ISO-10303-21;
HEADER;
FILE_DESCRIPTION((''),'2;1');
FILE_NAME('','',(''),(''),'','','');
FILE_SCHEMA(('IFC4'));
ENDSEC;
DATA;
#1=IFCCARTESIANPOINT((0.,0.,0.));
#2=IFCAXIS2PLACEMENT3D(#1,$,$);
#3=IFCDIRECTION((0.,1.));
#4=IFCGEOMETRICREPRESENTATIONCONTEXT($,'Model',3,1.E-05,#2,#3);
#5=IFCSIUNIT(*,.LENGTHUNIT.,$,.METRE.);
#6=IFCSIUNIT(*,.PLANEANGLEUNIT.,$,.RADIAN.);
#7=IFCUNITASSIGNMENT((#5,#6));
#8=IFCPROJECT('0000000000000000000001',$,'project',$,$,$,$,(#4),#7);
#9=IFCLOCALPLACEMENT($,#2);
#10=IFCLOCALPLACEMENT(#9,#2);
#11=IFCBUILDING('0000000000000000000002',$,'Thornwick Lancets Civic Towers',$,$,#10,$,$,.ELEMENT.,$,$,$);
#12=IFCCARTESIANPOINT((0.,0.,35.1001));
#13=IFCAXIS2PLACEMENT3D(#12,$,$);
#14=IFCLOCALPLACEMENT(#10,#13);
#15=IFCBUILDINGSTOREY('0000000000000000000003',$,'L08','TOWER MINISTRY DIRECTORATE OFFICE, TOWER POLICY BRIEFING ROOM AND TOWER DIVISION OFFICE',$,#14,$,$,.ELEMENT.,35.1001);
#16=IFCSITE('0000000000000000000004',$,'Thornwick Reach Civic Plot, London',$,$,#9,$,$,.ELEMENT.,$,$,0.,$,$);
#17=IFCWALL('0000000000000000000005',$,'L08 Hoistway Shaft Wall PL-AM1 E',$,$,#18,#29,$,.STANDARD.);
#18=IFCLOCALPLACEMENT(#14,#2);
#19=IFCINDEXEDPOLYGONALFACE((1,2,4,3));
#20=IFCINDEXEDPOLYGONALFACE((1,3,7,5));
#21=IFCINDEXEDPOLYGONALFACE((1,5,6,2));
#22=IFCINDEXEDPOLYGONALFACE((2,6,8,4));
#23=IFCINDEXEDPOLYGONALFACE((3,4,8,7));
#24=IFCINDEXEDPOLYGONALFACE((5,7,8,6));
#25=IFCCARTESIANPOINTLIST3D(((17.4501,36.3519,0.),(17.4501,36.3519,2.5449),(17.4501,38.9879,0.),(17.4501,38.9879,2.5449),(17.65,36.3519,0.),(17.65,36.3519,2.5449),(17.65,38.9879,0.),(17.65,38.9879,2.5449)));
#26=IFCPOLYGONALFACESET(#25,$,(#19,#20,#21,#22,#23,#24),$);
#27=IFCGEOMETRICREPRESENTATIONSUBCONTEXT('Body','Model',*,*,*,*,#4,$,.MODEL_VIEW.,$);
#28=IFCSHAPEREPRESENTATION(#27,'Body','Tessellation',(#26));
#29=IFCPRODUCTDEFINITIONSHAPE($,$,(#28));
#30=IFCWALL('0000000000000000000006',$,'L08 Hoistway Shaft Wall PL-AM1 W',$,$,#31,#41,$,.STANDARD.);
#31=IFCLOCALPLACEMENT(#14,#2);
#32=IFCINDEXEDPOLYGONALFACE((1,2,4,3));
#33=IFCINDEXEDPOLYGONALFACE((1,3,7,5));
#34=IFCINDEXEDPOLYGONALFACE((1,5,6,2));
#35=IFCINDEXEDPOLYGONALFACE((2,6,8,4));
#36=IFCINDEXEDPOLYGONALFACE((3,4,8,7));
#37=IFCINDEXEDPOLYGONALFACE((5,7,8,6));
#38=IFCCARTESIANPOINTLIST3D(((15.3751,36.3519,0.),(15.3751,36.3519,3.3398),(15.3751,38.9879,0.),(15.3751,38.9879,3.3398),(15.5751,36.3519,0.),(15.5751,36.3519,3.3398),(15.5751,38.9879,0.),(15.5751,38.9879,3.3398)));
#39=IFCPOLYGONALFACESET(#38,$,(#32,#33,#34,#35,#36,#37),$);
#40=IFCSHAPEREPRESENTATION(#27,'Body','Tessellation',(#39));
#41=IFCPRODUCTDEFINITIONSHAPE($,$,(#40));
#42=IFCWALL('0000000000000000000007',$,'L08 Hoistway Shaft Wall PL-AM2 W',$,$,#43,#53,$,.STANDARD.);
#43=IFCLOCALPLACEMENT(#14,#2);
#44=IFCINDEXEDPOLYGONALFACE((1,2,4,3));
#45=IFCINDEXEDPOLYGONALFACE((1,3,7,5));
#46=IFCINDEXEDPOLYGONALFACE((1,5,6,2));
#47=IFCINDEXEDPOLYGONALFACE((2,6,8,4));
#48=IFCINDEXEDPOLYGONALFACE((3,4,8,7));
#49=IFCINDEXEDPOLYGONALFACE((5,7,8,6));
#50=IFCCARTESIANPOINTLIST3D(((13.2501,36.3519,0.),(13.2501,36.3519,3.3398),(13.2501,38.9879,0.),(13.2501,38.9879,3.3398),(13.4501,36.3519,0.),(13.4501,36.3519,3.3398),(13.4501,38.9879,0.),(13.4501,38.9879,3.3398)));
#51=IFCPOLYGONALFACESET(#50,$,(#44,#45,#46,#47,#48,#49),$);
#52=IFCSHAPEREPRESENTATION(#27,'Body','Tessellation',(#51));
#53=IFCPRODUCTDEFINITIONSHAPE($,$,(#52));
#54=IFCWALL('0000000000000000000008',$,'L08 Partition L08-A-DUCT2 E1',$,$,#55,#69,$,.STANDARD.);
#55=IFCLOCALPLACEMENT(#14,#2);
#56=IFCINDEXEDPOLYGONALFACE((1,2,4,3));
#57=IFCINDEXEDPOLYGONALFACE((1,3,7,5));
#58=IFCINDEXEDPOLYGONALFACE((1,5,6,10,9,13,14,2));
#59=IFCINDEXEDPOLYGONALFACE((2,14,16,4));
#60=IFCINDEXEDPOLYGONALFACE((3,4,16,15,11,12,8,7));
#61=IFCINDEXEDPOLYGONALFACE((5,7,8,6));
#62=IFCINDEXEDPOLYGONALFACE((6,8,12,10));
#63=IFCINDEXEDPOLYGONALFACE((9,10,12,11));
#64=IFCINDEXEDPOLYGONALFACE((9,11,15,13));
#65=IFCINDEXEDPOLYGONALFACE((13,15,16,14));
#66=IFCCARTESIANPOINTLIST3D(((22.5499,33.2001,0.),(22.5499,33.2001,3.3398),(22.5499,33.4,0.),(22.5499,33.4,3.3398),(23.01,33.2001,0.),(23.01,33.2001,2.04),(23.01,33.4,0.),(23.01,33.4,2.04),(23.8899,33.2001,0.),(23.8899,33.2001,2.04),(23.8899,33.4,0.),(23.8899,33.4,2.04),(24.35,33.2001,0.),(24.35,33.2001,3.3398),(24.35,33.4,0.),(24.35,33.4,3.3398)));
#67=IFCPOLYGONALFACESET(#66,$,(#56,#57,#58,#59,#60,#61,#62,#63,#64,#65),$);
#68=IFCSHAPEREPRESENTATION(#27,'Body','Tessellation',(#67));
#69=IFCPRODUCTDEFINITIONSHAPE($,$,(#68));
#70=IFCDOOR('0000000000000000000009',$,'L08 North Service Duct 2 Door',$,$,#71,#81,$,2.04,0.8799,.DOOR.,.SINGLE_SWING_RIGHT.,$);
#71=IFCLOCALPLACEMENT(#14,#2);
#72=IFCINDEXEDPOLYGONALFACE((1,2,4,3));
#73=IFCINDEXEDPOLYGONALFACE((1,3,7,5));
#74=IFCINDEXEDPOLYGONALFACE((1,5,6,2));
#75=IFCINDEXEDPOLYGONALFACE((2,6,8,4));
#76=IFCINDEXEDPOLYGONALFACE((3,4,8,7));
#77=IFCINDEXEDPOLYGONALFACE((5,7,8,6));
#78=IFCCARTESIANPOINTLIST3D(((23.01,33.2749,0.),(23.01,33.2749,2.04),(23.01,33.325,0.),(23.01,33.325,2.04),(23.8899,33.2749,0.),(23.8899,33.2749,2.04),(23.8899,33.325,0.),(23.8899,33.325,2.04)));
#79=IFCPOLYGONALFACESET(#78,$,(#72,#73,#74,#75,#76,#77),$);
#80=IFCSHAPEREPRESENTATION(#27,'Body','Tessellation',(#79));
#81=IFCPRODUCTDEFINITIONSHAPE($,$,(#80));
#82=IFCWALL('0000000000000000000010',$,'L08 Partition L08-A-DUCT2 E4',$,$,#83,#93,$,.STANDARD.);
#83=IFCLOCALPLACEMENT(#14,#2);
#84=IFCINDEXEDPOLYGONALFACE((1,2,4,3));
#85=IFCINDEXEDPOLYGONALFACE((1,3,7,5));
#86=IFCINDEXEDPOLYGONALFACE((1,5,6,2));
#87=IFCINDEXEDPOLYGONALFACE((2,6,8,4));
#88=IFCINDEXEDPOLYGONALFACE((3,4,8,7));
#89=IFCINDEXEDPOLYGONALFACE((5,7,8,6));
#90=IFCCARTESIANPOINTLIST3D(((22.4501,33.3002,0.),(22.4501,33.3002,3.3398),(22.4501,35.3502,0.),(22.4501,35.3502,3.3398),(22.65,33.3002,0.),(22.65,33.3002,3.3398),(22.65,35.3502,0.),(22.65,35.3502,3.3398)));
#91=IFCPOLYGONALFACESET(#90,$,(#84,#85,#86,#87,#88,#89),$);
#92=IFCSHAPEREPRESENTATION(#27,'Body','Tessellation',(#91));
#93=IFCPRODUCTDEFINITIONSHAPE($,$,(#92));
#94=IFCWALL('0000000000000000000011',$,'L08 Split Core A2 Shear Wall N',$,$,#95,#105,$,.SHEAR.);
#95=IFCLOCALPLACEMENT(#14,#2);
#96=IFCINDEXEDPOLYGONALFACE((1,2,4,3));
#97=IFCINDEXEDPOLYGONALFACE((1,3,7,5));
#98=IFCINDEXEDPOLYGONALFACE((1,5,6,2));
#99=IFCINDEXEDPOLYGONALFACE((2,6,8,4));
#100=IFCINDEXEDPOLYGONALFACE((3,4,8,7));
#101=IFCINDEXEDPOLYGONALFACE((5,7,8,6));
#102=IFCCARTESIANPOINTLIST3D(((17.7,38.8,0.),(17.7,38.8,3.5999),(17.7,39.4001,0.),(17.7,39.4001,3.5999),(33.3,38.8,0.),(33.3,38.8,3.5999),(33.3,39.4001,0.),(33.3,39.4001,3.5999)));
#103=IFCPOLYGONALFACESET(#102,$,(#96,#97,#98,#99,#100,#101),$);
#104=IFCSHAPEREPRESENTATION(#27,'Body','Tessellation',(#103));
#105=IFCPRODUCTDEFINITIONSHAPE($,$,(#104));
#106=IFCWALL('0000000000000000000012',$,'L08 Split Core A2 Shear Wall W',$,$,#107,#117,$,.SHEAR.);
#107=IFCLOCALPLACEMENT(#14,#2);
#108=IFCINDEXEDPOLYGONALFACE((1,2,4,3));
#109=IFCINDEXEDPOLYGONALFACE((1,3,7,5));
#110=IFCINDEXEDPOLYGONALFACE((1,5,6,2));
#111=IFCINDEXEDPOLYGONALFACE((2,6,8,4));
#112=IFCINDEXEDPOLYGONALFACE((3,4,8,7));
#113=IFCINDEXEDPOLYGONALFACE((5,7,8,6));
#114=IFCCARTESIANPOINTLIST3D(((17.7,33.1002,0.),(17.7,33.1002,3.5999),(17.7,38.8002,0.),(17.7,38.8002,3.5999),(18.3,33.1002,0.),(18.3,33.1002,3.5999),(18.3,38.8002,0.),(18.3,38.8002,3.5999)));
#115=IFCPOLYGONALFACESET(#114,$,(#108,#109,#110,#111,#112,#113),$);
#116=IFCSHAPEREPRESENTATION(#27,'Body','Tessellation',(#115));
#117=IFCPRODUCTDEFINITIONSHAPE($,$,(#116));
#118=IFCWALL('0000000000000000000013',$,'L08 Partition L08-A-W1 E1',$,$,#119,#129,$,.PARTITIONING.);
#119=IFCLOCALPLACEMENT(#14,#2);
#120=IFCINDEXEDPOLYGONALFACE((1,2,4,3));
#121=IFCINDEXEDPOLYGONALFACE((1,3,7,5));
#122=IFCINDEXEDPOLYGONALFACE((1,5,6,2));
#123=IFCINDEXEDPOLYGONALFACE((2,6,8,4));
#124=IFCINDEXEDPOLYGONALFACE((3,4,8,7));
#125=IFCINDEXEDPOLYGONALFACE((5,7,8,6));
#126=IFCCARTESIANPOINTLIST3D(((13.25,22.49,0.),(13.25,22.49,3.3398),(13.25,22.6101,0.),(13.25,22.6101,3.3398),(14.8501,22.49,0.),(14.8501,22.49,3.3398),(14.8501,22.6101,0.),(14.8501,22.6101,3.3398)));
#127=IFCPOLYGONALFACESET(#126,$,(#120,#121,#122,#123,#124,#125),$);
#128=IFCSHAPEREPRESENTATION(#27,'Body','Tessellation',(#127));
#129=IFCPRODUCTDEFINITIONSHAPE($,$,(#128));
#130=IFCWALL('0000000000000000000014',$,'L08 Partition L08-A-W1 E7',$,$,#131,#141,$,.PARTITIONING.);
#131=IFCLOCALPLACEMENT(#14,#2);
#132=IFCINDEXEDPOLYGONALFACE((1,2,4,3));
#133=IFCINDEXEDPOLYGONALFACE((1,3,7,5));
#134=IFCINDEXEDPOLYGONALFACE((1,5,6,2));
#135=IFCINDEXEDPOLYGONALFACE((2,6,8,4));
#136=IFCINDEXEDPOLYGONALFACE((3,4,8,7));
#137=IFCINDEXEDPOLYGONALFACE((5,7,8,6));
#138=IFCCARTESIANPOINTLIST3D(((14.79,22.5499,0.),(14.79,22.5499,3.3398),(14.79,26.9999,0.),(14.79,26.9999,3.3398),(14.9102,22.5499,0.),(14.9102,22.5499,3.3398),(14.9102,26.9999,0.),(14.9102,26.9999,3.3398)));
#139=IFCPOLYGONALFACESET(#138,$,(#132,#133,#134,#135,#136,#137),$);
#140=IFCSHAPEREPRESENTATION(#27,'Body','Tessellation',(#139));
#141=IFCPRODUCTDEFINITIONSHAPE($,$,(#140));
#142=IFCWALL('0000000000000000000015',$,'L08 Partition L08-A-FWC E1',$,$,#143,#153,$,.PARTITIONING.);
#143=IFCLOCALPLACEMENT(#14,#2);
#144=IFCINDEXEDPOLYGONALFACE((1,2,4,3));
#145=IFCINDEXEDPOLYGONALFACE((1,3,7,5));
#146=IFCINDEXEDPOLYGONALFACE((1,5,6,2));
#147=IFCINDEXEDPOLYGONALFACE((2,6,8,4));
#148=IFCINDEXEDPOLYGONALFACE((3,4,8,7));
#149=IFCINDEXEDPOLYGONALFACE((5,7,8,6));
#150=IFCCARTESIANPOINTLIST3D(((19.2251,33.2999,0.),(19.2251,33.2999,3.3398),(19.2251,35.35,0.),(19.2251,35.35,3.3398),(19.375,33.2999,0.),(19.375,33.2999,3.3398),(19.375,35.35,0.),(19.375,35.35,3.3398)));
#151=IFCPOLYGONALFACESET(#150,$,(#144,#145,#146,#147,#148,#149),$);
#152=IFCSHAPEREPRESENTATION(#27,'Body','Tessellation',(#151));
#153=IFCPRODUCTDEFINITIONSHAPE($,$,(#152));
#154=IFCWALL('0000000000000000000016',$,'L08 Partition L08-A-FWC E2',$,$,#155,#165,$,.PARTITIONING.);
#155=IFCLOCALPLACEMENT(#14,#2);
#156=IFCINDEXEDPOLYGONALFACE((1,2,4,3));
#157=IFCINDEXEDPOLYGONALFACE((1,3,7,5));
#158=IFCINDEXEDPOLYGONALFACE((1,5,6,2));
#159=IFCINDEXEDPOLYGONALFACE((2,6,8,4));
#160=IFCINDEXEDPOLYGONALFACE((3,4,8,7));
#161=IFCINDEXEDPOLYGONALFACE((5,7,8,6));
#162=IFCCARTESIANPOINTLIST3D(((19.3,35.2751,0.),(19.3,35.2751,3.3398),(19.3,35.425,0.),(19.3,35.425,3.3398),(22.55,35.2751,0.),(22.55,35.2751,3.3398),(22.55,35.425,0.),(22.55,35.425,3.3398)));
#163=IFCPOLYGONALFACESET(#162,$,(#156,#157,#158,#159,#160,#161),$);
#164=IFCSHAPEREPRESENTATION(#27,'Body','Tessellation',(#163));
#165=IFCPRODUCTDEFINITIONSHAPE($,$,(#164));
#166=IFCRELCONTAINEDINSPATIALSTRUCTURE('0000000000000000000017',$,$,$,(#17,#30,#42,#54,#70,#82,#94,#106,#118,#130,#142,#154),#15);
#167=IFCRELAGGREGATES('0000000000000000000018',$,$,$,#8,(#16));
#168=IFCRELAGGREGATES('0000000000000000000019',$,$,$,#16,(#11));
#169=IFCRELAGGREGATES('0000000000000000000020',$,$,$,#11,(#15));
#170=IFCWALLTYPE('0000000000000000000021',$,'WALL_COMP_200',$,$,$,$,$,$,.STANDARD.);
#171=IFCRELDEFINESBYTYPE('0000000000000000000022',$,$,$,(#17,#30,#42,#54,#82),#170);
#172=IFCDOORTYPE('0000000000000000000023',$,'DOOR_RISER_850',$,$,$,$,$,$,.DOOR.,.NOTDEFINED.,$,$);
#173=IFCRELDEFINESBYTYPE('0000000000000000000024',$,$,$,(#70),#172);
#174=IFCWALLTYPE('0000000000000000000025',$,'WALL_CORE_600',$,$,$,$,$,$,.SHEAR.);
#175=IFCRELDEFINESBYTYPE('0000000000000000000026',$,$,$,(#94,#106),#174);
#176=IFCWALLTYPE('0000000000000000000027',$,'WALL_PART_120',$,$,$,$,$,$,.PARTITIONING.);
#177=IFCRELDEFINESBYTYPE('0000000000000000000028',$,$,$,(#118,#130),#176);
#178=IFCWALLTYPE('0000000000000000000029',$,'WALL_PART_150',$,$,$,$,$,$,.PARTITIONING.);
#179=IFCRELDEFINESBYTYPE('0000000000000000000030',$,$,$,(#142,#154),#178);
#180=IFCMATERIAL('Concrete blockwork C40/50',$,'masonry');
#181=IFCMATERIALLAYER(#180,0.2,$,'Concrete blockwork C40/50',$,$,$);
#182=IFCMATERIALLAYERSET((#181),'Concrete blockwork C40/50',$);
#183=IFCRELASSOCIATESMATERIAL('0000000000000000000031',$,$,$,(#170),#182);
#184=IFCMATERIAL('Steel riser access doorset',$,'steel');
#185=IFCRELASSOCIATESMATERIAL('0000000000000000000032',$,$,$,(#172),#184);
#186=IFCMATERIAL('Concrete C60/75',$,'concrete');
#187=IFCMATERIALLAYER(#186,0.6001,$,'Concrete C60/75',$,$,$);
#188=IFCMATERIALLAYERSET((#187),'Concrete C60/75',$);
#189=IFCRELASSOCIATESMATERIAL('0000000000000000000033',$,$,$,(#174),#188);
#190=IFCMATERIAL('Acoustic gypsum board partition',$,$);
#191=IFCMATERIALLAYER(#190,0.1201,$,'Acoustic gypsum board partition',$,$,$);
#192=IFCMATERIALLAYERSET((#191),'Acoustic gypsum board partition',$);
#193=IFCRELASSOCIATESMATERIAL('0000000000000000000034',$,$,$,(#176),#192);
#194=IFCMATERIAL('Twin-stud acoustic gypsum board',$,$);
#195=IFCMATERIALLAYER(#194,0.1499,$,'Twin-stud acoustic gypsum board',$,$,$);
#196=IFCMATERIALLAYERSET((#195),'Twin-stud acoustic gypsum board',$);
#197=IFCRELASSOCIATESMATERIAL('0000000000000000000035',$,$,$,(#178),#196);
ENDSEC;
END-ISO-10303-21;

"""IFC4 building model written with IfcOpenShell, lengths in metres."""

from ifc_helpers import new_model, si_unit, direction, frame, frame_2d, origin, place, context, subcontext, project, spatial, rectangle, extrude, material, layer, layer_set, type_object, element, fill, save


model = new_model("IFC4")

# Units and contexts
model_context = context("Model", 3, precision=1e-05, world=origin(), true_north=direction((0.0, 1.0)))
body_context = subcontext(model_context, "Body", "Model", "MODEL_VIEW")
ifc_project = project(units=[si_unit("LENGTHUNIT", "METRE"), si_unit("PLANEANGLEUNIT", "RADIAN")], contexts=[model_context])

# Site, building, storey
site_placement = place(None, origin())
site = spatial("IfcSite", under=ifc_project, at=site_placement, Name="Thornwick Reach Civic Plot, London", CompositionType="ELEMENT", RefElevation=0.0)
building_placement = place(site_placement, origin())
building = spatial("IfcBuilding", under=site, at=building_placement, Name="Thornwick Lancets Civic Towers", CompositionType="ELEMENT")
storey_placement = place(building_placement, frame((0.0, 0.0, 35.1001)))
storey = spatial("IfcBuildingStorey", under=building, at=storey_placement, Name="L08", Description="TOWER MINISTRY DIRECTORATE OFFICE, TOWER POLICY BRIEFING ROOM AND TOWER DIVISION OFFICE", CompositionType="ELEMENT", Elevation=35.1001)

# Shared definitions
ifc_material_1 = material(Name="Concrete C60/75", Category="concrete")

# Walls
ifc_material_2 = material(Name="Concrete blockwork C40/50", Category="masonry")
ifc_layer_1 = layer(ifc_material_2, 0.2, Name="Concrete blockwork C40/50")
ifc_layer_set_1 = layer_set([ifc_layer_1], Name="Concrete blockwork C40/50")
wall_type_1 = type_object("IfcWallType", Name="WALL_COMP_200", PredefinedType="STANDARD", material=ifc_layer_set_1)
wall_1_placement = place(storey_placement, frame((17.55, 36.3521, 0.0), z_axis=(0.0, 0.0, 1.0), x_axis=(0.0, 1.0, 0.0)))
element("IfcWall", 1, at=wall_1_placement, inside=storey, type_object=wall_type_1, Name="L08 Hoistway Shaft Wall PL-AM1 E", PredefinedType="STANDARD", context=body_context, shape_type="SweptSolid", body=[
    extrude(rectangle(XDim=2.636, YDim=0.2, at=frame_2d((1.3179, 0.0))), origin(), (0.0, 0.0, 1.0), 2.5449),
])
for number, where, z_axis, x_axis, name in (
    (2, (15.4751, 36.3521, 0.0), (0.0, 0.0, 1.0), (0.0, 1.0, 0.0), "L08 Hoistway Shaft Wall PL-AM1 W"),
    (3, (13.3501, 36.3521, 0.0), (0.0, 0.0, 1.0), (0.0, 1.0, 0.0), "L08 Hoistway Shaft Wall PL-AM2 W"),
):
    element("IfcWall", number, at=place(storey_placement, frame(where, z_axis=z_axis, x_axis=x_axis)), inside=storey, type_object=wall_type_1, Name=name, PredefinedType="STANDARD", context=body_context, shape_type="SweptSolid", body=[
        extrude(rectangle(XDim=2.636, YDim=0.2, at=frame_2d((1.3179, 0.0))), origin(), (0.0, 0.0, 1.0), 3.3398),
    ])

# Wall, opening, door
wall_2_placement = place(storey_placement, frame((22.55, 33.3, 0.0), z_axis=(0.0, 0.0, 1.0), x_axis=(1.0, 0.0, 0.0)))
wall_2 = element("IfcWall", 4, at=wall_2_placement, inside=storey, type_object=wall_type_1, Name="L08 Partition L08-A-DUCT2 E1", PredefinedType="STANDARD", context=body_context, shape_type="SweptSolid", body=[
    extrude(rectangle(XDim=1.8, YDim=0.2, at=frame_2d((0.8999, 0.0))), origin(), (0.0, 0.0, 1.0), 3.3398),
])
opening_1_placement = place(wall_2_placement, frame((0.46, 0.0, 0.0)))
opening_1 = element("IfcOpeningElement", 5, at=opening_1_placement, cuts=wall_2, PredefinedType="OPENING", context=body_context, shape_type="SweptSolid", body=[
    extrude(rectangle(XDim=0.8799, YDim=2.04, at=frame_2d((0.4399, 1.02))), frame((0.0, 0.1099, 0.0), z_axis=(0.0, -1.0, 0.0), x_axis=(1.0, 0.0, 0.0)), (0.0, 0.0, 1.0), 0.22),
])
ifc_material_3 = material(Name="Steel riser access doorset", Category="steel")
door_type_1 = type_object("IfcDoorType", Name="DOOR_RISER_850", OperationType="NOTDEFINED", PredefinedType="DOOR", material=ifc_material_3)
door_1_placement = place(opening_1_placement, origin())
door_1 = element("IfcDoor", 6, at=door_1_placement, inside=storey, type_object=door_type_1, Name="L08 North Service Duct 2 Door", OperationType="SINGLE_SWING_RIGHT", OverallHeight=2.04, OverallWidth=0.8799, PredefinedType="DOOR", context=body_context, shape_type="SweptSolid", body=[
    extrude(rectangle(XDim=0.8799, YDim=2.04, at=frame_2d((0.4399, 1.02))), frame((0.0, 0.0249, 0.0), z_axis=(0.0, -1.0, 0.0), x_axis=(1.0, 0.0, 0.0)), (0.0, 0.0, 1.0), 0.05),
])
fill(opening_1, door_1)

# Walls
wall_3_placement = place(storey_placement, frame((22.55, 35.3501, 0.0), z_axis=(0.0, 0.0, 1.0), x_axis=(0.0, -1.0, 0.0)))
element("IfcWall", 7, at=wall_3_placement, inside=storey, type_object=wall_type_1, Name="L08 Partition L08-A-DUCT2 E4", PredefinedType="STANDARD", context=body_context, shape_type="SweptSolid", body=[
    extrude(rectangle(XDim=2.05, YDim=0.2, at=frame_2d((1.0249, 0.0))), origin(), (0.0, 0.0, 1.0), 3.3398),
])
ifc_layer_2 = layer(ifc_material_1, 0.6001, Name="Concrete C60/75")
ifc_layer_set_2 = layer_set([ifc_layer_2], Name="Concrete C60/75")
wall_type_2 = type_object("IfcWallType", Name="WALL_CORE_600", PredefinedType="SHEAR", material=ifc_layer_set_2)
wall_4_placement = place(storey_placement, frame((17.7, 39.1001, 0.0), z_axis=(0.0, 0.0, 1.0), x_axis=(1.0, 0.0, 0.0)))
element("IfcWall", 8, at=wall_4_placement, inside=storey, type_object=wall_type_2, Name="L08 Split Core A2 Shear Wall N", PredefinedType="SHEAR", context=body_context, shape_type="SweptSolid", body=[
    extrude(rectangle(XDim=15.6001, YDim=0.6001, at=frame_2d((7.8, 0.0))), origin(), (0.0, 0.0, 1.0), 3.5999),
])
wall_5_placement = place(storey_placement, frame((18.0, 33.1001, 0.0), z_axis=(0.0, 0.0, 1.0), x_axis=(0.0, 1.0, 0.0)))
element("IfcWall", 9, at=wall_5_placement, inside=storey, type_object=wall_type_2, Name="L08 Split Core A2 Shear Wall W", PredefinedType="SHEAR", context=body_context, shape_type="SweptSolid", body=[
    extrude(rectangle(XDim=5.7, YDim=0.6001, at=frame_2d((2.8501, 0.0))), origin(), (0.0, 0.0, 1.0), 3.5999),
])
ifc_material_4 = material(Name="Acoustic gypsum board partition")
ifc_layer_3 = layer(ifc_material_4, 0.1201, Name="Acoustic gypsum board partition")
ifc_layer_set_3 = layer_set([ifc_layer_3], Name="Acoustic gypsum board partition")
wall_type_3 = type_object("IfcWallType", Name="WALL_PART_120", PredefinedType="PARTITIONING", material=ifc_layer_set_3)
wall_6_placement = place(storey_placement, frame((14.8501, 22.55, 0.0), z_axis=(0.0, 0.0, 1.0), x_axis=(-1.0, 0.0, 0.0)))
element("IfcWall", 10, at=wall_6_placement, inside=storey, type_object=wall_type_3, Name="L08 Partition L08-A-W1 E1", PredefinedType="PARTITIONING", context=body_context, shape_type="SweptSolid", body=[
    extrude(rectangle(XDim=1.6001, YDim=0.1201, at=frame_2d((0.8, 0.0))), origin(), (0.0, 0.0, 1.0), 3.3398),
])
wall_7_placement = place(storey_placement, frame((14.8501, 27.0, 0.0), z_axis=(0.0, 0.0, 1.0), x_axis=(0.0, -1.0, 0.0)))
element("IfcWall", 11, at=wall_7_placement, inside=storey, type_object=wall_type_3, Name="L08 Partition L08-A-W1 E7", PredefinedType="PARTITIONING", context=body_context, shape_type="SweptSolid", body=[
    extrude(rectangle(XDim=4.45, YDim=0.1201, at=frame_2d((2.2251, 0.0))), origin(), (0.0, 0.0, 1.0), 3.3398),
])
ifc_material_5 = material(Name="Twin-stud acoustic gypsum board")
ifc_layer_4 = layer(ifc_material_5, 0.1499, Name="Twin-stud acoustic gypsum board")
ifc_layer_set_4 = layer_set([ifc_layer_4], Name="Twin-stud acoustic gypsum board")
wall_type_4 = type_object("IfcWallType", Name="WALL_PART_150", PredefinedType="PARTITIONING", material=ifc_layer_set_4)
wall_8_placement = place(storey_placement, frame((19.3, 33.3, 0.0), z_axis=(0.0, 0.0, 1.0), x_axis=(0.0, 1.0, 0.0)))
element("IfcWall", 12, at=wall_8_placement, inside=storey, type_object=wall_type_4, Name="L08 Partition L08-A-FWC E1", PredefinedType="PARTITIONING", context=body_context, shape_type="SweptSolid", body=[
    extrude(rectangle(XDim=2.05, YDim=0.1499, at=frame_2d((1.0249, 0.0))), origin(), (0.0, 0.0, 1.0), 3.3398),
])
wall_9_placement = place(storey_placement, frame((19.3, 35.3501, 0.0), z_axis=(0.0, 0.0, 1.0), x_axis=(1.0, 0.0, 0.0)))
element("IfcWall", 13, at=wall_9_placement, inside=storey, type_object=wall_type_4, Name="L08 Partition L08-A-FWC E2", PredefinedType="PARTITIONING", context=body_context, shape_type="SweptSolid", body=[
    extrude(rectangle(XDim=3.25, YDim=0.1499, at=frame_2d((1.625, 0.0))), origin(), (0.0, 0.0, 1.0), 3.3398),
])

save(model, "model.ifc")
